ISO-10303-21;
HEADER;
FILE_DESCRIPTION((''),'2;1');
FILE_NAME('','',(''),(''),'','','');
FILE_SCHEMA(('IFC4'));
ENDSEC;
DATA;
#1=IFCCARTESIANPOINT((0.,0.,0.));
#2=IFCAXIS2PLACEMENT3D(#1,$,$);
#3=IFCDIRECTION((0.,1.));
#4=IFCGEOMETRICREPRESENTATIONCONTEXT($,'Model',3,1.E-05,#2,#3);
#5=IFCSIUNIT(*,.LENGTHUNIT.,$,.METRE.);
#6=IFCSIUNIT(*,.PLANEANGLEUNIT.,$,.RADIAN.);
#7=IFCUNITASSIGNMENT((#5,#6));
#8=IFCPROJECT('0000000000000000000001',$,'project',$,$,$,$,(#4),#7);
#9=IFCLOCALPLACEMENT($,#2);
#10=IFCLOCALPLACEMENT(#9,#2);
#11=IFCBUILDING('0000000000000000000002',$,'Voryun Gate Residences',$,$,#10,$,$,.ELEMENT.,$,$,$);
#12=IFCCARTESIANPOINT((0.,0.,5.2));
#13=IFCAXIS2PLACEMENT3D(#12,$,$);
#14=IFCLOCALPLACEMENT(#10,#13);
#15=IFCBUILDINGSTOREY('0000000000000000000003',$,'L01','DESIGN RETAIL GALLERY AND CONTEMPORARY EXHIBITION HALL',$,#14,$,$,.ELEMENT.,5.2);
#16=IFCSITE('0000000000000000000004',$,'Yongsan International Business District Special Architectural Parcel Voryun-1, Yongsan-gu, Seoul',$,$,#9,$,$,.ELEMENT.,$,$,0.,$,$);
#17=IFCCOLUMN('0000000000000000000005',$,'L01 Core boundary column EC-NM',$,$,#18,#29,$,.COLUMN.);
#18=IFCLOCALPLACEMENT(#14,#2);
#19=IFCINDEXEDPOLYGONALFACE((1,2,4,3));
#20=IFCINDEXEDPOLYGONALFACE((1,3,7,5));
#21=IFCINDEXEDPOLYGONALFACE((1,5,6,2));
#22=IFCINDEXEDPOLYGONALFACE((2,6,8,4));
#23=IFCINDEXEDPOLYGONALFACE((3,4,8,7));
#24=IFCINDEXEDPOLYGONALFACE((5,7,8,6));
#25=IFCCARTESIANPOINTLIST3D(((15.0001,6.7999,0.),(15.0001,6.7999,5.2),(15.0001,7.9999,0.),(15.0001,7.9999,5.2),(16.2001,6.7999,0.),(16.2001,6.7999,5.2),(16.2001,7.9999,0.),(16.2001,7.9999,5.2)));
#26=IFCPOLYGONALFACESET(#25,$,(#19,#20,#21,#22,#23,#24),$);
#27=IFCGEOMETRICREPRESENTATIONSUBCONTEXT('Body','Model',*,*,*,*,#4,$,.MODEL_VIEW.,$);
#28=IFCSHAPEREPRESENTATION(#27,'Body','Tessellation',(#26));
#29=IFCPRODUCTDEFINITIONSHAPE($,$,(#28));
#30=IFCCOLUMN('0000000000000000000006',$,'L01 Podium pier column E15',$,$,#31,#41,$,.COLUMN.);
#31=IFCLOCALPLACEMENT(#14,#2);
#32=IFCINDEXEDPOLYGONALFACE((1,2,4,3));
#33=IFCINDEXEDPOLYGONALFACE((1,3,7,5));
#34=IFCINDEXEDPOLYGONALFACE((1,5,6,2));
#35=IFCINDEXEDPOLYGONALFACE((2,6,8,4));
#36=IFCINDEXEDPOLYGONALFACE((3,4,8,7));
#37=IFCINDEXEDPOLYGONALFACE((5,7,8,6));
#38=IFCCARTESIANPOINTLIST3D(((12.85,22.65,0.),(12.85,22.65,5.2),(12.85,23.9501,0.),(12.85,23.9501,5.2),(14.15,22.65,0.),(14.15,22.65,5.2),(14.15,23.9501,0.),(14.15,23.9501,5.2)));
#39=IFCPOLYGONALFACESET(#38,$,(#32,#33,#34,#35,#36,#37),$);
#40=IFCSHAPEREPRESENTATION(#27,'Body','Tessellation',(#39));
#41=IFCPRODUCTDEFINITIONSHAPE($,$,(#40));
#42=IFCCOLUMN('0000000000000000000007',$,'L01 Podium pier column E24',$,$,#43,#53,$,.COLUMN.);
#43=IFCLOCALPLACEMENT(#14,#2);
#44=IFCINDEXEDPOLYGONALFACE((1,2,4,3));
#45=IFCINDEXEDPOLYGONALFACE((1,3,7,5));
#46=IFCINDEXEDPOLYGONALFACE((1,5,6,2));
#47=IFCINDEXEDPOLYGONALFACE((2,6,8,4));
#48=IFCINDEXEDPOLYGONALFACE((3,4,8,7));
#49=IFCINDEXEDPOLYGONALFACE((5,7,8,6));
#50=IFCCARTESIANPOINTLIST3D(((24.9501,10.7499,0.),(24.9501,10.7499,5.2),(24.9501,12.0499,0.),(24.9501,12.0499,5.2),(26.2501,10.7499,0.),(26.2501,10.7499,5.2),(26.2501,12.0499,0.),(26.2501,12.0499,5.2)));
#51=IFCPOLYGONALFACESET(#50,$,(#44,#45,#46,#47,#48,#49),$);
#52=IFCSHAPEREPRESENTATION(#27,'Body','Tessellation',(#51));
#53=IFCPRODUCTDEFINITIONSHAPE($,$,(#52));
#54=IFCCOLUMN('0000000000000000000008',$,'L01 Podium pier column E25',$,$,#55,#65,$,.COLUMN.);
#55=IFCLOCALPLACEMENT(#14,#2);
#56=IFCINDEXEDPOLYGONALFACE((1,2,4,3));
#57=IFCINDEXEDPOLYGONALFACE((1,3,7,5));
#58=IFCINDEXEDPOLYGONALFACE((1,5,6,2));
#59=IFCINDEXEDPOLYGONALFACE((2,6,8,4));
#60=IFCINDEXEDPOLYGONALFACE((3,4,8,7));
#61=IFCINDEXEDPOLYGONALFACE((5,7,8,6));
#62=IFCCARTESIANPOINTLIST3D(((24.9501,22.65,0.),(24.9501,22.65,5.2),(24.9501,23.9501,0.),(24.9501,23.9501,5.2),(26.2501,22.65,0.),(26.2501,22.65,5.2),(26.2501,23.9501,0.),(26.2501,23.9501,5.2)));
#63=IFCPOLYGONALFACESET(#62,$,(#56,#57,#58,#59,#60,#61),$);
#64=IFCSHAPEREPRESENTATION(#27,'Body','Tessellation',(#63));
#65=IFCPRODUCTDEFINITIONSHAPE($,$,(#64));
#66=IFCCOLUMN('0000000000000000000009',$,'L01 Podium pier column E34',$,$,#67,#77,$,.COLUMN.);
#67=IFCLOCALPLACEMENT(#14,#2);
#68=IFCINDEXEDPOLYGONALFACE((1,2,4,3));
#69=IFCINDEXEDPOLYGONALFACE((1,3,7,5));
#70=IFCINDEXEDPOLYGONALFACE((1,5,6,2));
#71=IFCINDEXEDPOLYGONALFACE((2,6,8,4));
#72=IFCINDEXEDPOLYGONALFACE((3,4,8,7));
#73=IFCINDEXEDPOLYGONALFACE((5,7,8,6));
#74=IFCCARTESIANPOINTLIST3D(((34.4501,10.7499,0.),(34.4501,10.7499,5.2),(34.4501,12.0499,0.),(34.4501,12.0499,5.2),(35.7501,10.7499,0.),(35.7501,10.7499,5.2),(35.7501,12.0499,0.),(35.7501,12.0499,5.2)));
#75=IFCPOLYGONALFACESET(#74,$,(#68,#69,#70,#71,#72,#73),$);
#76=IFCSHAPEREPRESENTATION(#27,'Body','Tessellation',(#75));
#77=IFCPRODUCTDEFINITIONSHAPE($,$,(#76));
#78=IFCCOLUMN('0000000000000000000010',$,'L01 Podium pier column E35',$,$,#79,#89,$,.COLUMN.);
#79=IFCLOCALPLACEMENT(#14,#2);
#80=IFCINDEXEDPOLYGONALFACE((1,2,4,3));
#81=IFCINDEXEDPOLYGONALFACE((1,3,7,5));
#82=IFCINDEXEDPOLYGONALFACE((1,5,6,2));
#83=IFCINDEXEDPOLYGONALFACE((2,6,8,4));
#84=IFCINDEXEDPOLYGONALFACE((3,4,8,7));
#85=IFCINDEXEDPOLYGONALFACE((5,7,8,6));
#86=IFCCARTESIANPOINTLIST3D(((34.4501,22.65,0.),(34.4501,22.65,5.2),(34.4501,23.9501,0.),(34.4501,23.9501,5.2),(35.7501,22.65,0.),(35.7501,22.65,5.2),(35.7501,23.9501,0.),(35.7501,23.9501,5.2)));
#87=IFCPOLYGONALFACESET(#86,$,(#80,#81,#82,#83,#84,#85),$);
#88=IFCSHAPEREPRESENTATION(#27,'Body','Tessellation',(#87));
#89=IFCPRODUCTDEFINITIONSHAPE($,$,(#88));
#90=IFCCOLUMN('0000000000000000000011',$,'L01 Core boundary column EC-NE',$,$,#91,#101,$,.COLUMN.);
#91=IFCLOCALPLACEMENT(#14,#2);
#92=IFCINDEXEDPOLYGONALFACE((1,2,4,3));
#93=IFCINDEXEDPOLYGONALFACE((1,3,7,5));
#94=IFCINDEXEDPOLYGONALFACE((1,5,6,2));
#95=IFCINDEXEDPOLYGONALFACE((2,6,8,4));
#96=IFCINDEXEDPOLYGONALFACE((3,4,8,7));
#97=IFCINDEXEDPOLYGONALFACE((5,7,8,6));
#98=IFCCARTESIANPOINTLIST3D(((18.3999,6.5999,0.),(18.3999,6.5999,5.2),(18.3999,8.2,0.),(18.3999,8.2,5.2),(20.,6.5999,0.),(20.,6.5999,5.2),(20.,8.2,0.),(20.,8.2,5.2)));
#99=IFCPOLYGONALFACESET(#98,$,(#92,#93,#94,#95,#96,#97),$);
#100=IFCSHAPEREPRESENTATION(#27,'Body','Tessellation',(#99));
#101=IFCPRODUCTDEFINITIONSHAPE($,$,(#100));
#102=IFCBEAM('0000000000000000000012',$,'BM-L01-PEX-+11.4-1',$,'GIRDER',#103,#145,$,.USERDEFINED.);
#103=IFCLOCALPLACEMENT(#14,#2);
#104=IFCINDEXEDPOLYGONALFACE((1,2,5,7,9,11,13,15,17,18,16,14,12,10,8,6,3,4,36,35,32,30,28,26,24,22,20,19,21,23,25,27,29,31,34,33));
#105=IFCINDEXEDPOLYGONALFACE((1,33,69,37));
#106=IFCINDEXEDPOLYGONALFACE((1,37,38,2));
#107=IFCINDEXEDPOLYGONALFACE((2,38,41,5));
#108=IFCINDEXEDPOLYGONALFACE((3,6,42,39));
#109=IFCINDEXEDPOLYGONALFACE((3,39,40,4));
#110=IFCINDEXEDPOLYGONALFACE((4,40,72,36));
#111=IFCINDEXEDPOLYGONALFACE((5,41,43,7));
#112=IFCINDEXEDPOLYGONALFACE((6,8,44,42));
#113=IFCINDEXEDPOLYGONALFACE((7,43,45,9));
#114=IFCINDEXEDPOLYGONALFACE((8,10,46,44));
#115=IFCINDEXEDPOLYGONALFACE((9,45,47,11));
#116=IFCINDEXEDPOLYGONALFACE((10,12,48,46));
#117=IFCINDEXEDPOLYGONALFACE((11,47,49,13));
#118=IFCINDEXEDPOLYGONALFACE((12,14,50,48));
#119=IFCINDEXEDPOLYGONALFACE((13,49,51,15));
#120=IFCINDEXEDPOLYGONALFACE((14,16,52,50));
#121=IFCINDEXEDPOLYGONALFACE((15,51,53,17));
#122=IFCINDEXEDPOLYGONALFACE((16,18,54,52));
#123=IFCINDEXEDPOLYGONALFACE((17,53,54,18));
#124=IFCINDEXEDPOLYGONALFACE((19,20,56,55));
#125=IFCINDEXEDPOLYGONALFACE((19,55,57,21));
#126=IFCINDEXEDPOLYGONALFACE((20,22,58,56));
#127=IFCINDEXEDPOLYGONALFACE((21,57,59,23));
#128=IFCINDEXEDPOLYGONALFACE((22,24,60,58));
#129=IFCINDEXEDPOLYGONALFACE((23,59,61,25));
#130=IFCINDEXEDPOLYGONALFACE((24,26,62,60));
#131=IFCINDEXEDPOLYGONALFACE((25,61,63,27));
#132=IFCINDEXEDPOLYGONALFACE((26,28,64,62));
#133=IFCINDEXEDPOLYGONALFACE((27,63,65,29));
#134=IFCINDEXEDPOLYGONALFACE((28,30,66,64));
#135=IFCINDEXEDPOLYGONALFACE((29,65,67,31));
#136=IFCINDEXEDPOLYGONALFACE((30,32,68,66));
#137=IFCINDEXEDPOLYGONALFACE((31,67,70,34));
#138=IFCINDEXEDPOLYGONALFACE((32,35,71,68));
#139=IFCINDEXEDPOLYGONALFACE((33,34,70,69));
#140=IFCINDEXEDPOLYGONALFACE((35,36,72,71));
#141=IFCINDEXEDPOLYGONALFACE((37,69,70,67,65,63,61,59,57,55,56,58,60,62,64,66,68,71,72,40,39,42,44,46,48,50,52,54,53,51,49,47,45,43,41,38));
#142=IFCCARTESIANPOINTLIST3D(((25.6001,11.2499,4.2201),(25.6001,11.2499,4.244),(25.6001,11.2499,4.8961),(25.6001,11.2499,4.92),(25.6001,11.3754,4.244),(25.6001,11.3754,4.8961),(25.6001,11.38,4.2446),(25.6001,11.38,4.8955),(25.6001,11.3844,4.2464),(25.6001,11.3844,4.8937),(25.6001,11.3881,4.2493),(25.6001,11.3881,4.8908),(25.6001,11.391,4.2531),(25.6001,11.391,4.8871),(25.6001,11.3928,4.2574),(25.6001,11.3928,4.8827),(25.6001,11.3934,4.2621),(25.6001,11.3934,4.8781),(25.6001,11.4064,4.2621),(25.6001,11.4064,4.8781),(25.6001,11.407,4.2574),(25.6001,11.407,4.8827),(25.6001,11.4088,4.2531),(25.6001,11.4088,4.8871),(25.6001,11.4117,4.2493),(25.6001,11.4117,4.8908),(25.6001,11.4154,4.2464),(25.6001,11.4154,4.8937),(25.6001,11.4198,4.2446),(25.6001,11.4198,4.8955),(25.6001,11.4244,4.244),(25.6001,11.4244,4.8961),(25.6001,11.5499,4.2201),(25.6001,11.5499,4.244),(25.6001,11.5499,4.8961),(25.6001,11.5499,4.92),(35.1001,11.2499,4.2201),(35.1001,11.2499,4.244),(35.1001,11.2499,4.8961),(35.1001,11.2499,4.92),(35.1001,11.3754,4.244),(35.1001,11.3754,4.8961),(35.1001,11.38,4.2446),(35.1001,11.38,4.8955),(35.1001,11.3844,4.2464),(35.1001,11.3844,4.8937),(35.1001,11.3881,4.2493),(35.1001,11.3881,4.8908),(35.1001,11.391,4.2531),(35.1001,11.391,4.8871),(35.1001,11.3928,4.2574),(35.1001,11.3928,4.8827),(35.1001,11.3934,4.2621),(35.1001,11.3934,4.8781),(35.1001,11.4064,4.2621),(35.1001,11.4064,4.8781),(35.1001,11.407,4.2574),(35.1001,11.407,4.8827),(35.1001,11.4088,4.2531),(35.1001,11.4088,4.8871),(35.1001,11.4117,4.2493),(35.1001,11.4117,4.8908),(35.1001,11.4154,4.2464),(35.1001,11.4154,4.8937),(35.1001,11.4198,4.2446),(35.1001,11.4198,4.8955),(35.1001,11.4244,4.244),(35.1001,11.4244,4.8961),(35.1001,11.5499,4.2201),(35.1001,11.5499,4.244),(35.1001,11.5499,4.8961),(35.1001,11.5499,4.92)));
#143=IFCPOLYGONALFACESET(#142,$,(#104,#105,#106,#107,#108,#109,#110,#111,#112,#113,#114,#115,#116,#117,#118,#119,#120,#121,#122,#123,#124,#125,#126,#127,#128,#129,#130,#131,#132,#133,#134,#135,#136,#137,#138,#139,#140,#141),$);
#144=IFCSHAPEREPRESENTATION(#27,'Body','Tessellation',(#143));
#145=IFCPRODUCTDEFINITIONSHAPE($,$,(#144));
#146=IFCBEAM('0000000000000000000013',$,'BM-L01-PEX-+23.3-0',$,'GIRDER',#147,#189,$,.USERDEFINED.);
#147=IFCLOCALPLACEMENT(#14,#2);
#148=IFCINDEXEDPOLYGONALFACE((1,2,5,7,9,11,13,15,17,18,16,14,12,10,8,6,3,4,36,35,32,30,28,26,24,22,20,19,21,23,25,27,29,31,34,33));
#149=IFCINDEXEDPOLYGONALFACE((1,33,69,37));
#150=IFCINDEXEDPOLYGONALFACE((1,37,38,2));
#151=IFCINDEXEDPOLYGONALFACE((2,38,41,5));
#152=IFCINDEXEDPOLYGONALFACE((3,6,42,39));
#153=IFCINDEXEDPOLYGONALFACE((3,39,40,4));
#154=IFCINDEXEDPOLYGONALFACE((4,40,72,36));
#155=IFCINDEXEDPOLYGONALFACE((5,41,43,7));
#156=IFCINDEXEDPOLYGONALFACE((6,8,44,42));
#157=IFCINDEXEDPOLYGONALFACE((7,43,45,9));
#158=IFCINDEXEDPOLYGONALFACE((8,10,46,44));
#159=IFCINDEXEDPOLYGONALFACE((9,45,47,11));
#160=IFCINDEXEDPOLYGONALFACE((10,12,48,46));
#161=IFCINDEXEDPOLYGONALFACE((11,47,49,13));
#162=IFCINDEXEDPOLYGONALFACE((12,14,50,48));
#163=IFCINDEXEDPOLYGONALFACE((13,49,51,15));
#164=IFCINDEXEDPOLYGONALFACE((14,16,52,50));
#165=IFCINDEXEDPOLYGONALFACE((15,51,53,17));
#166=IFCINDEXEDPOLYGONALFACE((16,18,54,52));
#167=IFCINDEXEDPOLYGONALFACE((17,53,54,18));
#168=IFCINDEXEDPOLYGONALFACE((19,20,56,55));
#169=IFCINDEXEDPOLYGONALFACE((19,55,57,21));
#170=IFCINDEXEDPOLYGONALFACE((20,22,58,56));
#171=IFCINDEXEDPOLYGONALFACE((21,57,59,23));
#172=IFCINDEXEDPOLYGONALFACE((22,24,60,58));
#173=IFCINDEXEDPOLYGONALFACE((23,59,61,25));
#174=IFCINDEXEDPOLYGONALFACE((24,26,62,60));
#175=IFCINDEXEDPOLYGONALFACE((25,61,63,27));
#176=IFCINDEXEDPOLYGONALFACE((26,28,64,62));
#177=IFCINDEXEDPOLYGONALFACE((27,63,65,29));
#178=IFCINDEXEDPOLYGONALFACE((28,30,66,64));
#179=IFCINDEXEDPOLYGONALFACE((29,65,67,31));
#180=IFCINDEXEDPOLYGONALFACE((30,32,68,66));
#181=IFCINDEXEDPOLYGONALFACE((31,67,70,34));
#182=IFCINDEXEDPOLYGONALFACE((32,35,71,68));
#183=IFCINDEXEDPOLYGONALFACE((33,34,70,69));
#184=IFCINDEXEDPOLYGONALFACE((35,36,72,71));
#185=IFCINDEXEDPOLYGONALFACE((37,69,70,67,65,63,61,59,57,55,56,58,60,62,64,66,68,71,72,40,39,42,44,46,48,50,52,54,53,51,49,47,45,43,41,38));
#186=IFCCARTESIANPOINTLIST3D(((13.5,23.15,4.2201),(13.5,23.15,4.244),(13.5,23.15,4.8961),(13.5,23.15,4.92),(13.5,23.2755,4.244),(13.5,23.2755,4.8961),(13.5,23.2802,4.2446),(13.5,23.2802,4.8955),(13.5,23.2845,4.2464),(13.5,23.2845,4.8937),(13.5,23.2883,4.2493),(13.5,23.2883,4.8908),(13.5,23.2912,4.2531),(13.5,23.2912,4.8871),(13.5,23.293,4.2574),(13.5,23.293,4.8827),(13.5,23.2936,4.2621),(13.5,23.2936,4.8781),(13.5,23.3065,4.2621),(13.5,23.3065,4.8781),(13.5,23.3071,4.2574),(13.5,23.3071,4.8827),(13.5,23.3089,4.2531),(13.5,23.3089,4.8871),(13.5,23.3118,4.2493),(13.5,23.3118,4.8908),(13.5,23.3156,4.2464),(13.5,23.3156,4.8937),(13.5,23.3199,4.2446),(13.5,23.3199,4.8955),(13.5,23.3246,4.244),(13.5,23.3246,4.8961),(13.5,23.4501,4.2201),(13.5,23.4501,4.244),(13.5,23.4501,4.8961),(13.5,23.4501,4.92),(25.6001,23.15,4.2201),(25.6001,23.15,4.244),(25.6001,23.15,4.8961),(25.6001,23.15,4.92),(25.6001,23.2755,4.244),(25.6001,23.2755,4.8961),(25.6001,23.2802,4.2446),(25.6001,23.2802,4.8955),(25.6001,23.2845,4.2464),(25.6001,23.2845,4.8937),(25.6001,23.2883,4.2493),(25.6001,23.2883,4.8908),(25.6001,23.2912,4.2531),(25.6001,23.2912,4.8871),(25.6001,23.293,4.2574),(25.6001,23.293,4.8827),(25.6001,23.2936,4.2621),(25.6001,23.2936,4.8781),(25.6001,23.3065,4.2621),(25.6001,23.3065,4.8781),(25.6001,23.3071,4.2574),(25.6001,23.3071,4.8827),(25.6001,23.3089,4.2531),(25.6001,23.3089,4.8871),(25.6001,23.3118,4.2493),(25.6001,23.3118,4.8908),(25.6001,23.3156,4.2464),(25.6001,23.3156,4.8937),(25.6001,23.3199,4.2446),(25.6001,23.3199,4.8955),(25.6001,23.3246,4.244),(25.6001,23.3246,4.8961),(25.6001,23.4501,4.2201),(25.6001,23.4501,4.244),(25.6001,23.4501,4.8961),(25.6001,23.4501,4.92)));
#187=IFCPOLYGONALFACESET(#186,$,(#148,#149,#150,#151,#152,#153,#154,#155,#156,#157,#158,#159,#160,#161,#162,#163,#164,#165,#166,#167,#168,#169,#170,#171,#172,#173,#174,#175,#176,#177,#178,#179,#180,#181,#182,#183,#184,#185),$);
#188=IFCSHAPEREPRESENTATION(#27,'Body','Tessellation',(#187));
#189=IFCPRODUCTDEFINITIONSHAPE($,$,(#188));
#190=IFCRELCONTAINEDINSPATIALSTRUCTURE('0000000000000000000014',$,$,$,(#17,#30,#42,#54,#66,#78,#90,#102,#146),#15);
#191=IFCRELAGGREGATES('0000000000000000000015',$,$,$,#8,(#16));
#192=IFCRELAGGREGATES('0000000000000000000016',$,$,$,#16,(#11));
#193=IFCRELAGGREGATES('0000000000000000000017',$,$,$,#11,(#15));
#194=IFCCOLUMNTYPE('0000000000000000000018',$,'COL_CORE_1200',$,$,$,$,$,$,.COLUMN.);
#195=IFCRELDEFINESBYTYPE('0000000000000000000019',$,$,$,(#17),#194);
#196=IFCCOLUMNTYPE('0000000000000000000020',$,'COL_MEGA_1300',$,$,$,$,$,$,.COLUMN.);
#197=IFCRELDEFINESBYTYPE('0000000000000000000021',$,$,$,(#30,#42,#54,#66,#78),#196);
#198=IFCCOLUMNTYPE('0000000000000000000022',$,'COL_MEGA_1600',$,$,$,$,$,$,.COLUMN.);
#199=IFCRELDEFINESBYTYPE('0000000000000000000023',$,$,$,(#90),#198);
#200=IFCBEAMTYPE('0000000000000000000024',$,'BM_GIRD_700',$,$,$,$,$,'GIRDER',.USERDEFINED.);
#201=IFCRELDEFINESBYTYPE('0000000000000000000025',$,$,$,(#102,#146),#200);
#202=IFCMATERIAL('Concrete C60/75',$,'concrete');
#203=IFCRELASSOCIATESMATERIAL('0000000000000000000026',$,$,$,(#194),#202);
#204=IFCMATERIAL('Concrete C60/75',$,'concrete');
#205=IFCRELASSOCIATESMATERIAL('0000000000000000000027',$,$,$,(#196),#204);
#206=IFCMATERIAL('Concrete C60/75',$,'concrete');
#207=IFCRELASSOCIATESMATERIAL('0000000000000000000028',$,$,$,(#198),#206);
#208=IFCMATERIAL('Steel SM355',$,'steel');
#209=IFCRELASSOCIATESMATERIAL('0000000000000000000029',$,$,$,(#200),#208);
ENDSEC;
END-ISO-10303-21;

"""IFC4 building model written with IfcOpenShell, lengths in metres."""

from ifc_helpers import new_model, si_unit, direction, frame, origin, origin_2d, place, context, subcontext, project, spatial, rectangle, i_section, extrude, material, material_profile, profile_set, type_object, element, save


model = new_model("IFC4")

# Units and contexts
model_context = context("Model", 3, precision=1e-05, world=origin(), true_north=direction((0.0, 1.0)))
body_context = subcontext(model_context, "Body", "Model", "MODEL_VIEW")
ifc_project = project(units=[si_unit("LENGTHUNIT", "METRE"), si_unit("PLANEANGLEUNIT", "RADIAN")], contexts=[model_context])

# Site, building, storey
site_placement = place(None, origin())
site = spatial("IfcSite", under=ifc_project, at=site_placement, Name="Yongsan International Business District Special Architectural Parcel Voryun-1, Yongsan-gu, Seoul", CompositionType="ELEMENT", RefElevation=0.0)
building_placement = place(site_placement, origin())
building = spatial("IfcBuilding", under=site, at=building_placement, Name="Voryun Gate Residences", CompositionType="ELEMENT")
storey_placement = place(building_placement, frame((0.0, 0.0, 5.2)))
storey = spatial("IfcBuildingStorey", under=building, at=storey_placement, Name="L01", Description="DESIGN RETAIL GALLERY AND CONTEMPORARY EXHIBITION HALL", CompositionType="ELEMENT", Elevation=5.2)

# Columns
ifc_material_1 = material(Name="Concrete C60/75", Category="concrete")
ifc_material_profile_1 = material_profile(ifc_material_1, rectangle(XDim=1.2, YDim=1.2, at=origin_2d()), Name="RC-1200x1200")
ifc_profile_set_1 = profile_set([ifc_material_profile_1], Name="Concrete C60/75")
column_type_1 = type_object("IfcColumnType", Name="COL_CORE_1200", PredefinedType="COLUMN", material=ifc_profile_set_1)
column_1_placement = place(storey_placement, frame((15.6001, 7.3999, 0.0), z_axis=(0.0, 0.0, 1.0), x_axis=(1.0, 0.0, 0.0)))
element("IfcColumn", 1, at=column_1_placement, inside=storey, type_object=column_type_1, Name="L01 Core boundary column EC-NM", PredefinedType="COLUMN", context=body_context, shape_type="SweptSolid", body=[
    extrude(rectangle(XDim=1.2, YDim=1.2, at=origin_2d()), origin(), (0.0, 0.0, 1.0), 5.2),
])
ifc_material_2 = material(Name="Concrete C60/75", Category="concrete")
ifc_material_profile_2 = material_profile(ifc_material_2, rectangle(XDim=1.3, YDim=1.3, at=origin_2d()), Name="RC-1300x1300")
ifc_profile_set_2 = profile_set([ifc_material_profile_2], Name="Concrete C60/75")
column_type_2 = type_object("IfcColumnType", Name="COL_MEGA_1300", PredefinedType="COLUMN", material=ifc_profile_set_2)
for number, where, z_axis, x_axis, name in (
    (2, (13.5, 23.3, 0.0), (0.0, 0.0, 1.0), (1.0, 0.0, 0.0), "L01 Podium pier column E15"),
    (3, (25.6001, 11.3999, 0.0), (0.0, 0.0, 1.0), (1.0, 0.0, 0.0), "L01 Podium pier column E24"),
    (4, (25.6001, 23.3, 0.0), (0.0, 0.0, 1.0), (1.0, 0.0, 0.0), "L01 Podium pier column E25"),
    (5, (35.1001, 11.3999, 0.0), (0.0, 0.0, 1.0), (1.0, 0.0, 0.0), "L01 Podium pier column E34"),
    (6, (35.1001, 23.3, 0.0), (0.0, 0.0, 1.0), (1.0, 0.0, 0.0), "L01 Podium pier column E35"),
):
    element("IfcColumn", number, at=place(storey_placement, frame(where, z_axis=z_axis, x_axis=x_axis)), inside=storey, type_object=column_type_2, Name=name, PredefinedType="COLUMN", context=body_context, shape_type="SweptSolid", body=[
        extrude(rectangle(XDim=1.3, YDim=1.3, at=origin_2d()), origin(), (0.0, 0.0, 1.0), 5.2),
    ])
ifc_material_3 = material(Name="Concrete C60/75", Category="concrete")
ifc_material_profile_3 = material_profile(ifc_material_3, rectangle(XDim=1.6001, YDim=1.6001, at=origin_2d()), Name="RC-1600x1600")
ifc_profile_set_3 = profile_set([ifc_material_profile_3], Name="Concrete C60/75")
column_type_3 = type_object("IfcColumnType", Name="COL_MEGA_1600", PredefinedType="COLUMN", material=ifc_profile_set_3)
column_2_placement = place(storey_placement, frame((19.2, 7.3999, 0.0), z_axis=(0.0, 0.0, 1.0), x_axis=(1.0, 0.0, 0.0)))
element("IfcColumn", 7, at=column_2_placement, inside=storey, type_object=column_type_3, Name="L01 Core boundary column EC-NE", PredefinedType="COLUMN", context=body_context, shape_type="SweptSolid", body=[
    extrude(rectangle(XDim=1.6001, YDim=1.6001, at=origin_2d()), origin(), (0.0, 0.0, 1.0), 5.2),
])

# Beams
ifc_material_4 = material(Name="Steel SM355", Category="steel")
ifc_material_profile_4 = material_profile(ifc_material_4, i_section(OverallWidth=0.3, OverallDepth=0.7, WebThickness=0.0129, FlangeThickness=0.0239, FilletRadius=0.0181, at=origin_2d()), Name="H-700x300x13x24")
ifc_profile_set_4 = profile_set([ifc_material_profile_4], Name="Steel SM355")
beam_type = type_object("IfcBeamType", Name="BM_GIRD_700", ElementType="GIRDER", PredefinedType="USERDEFINED", material=ifc_profile_set_4)
beam_1_placement = place(storey_placement, frame((25.6001, 11.3999, 4.5701), z_axis=(1.0, 0.0, 0.0), x_axis=(0.0, 1.0, 0.0)))
element("IfcBeam", 8, at=beam_1_placement, inside=storey, type_object=beam_type, Name="BM-L01-PEX-+11.4-1", ObjectType="GIRDER", PredefinedType="USERDEFINED", context=body_context, shape_type="SweptSolid", body=[
    extrude(i_section(OverallWidth=0.3, OverallDepth=0.7, WebThickness=0.0129, FlangeThickness=0.0239, FilletRadius=0.0181, at=origin_2d()), origin(), (0.0, 0.0, 1.0), 9.5),
])
beam_2_placement = place(storey_placement, frame((13.5, 23.3, 4.5701), z_axis=(1.0, 0.0, 0.0), x_axis=(0.0, 1.0, 0.0)))
element("IfcBeam", 9, at=beam_2_placement, inside=storey, type_object=beam_type, Name="BM-L01-PEX-+23.3-0", ObjectType="GIRDER", PredefinedType="USERDEFINED", context=body_context, shape_type="SweptSolid", body=[
    extrude(i_section(OverallWidth=0.3, OverallDepth=0.7, WebThickness=0.0129, FlangeThickness=0.0239, FilletRadius=0.0181, at=origin_2d()), origin(), (0.0, 0.0, 1.0), 12.1001),
])

save(model, "model.ifc")
